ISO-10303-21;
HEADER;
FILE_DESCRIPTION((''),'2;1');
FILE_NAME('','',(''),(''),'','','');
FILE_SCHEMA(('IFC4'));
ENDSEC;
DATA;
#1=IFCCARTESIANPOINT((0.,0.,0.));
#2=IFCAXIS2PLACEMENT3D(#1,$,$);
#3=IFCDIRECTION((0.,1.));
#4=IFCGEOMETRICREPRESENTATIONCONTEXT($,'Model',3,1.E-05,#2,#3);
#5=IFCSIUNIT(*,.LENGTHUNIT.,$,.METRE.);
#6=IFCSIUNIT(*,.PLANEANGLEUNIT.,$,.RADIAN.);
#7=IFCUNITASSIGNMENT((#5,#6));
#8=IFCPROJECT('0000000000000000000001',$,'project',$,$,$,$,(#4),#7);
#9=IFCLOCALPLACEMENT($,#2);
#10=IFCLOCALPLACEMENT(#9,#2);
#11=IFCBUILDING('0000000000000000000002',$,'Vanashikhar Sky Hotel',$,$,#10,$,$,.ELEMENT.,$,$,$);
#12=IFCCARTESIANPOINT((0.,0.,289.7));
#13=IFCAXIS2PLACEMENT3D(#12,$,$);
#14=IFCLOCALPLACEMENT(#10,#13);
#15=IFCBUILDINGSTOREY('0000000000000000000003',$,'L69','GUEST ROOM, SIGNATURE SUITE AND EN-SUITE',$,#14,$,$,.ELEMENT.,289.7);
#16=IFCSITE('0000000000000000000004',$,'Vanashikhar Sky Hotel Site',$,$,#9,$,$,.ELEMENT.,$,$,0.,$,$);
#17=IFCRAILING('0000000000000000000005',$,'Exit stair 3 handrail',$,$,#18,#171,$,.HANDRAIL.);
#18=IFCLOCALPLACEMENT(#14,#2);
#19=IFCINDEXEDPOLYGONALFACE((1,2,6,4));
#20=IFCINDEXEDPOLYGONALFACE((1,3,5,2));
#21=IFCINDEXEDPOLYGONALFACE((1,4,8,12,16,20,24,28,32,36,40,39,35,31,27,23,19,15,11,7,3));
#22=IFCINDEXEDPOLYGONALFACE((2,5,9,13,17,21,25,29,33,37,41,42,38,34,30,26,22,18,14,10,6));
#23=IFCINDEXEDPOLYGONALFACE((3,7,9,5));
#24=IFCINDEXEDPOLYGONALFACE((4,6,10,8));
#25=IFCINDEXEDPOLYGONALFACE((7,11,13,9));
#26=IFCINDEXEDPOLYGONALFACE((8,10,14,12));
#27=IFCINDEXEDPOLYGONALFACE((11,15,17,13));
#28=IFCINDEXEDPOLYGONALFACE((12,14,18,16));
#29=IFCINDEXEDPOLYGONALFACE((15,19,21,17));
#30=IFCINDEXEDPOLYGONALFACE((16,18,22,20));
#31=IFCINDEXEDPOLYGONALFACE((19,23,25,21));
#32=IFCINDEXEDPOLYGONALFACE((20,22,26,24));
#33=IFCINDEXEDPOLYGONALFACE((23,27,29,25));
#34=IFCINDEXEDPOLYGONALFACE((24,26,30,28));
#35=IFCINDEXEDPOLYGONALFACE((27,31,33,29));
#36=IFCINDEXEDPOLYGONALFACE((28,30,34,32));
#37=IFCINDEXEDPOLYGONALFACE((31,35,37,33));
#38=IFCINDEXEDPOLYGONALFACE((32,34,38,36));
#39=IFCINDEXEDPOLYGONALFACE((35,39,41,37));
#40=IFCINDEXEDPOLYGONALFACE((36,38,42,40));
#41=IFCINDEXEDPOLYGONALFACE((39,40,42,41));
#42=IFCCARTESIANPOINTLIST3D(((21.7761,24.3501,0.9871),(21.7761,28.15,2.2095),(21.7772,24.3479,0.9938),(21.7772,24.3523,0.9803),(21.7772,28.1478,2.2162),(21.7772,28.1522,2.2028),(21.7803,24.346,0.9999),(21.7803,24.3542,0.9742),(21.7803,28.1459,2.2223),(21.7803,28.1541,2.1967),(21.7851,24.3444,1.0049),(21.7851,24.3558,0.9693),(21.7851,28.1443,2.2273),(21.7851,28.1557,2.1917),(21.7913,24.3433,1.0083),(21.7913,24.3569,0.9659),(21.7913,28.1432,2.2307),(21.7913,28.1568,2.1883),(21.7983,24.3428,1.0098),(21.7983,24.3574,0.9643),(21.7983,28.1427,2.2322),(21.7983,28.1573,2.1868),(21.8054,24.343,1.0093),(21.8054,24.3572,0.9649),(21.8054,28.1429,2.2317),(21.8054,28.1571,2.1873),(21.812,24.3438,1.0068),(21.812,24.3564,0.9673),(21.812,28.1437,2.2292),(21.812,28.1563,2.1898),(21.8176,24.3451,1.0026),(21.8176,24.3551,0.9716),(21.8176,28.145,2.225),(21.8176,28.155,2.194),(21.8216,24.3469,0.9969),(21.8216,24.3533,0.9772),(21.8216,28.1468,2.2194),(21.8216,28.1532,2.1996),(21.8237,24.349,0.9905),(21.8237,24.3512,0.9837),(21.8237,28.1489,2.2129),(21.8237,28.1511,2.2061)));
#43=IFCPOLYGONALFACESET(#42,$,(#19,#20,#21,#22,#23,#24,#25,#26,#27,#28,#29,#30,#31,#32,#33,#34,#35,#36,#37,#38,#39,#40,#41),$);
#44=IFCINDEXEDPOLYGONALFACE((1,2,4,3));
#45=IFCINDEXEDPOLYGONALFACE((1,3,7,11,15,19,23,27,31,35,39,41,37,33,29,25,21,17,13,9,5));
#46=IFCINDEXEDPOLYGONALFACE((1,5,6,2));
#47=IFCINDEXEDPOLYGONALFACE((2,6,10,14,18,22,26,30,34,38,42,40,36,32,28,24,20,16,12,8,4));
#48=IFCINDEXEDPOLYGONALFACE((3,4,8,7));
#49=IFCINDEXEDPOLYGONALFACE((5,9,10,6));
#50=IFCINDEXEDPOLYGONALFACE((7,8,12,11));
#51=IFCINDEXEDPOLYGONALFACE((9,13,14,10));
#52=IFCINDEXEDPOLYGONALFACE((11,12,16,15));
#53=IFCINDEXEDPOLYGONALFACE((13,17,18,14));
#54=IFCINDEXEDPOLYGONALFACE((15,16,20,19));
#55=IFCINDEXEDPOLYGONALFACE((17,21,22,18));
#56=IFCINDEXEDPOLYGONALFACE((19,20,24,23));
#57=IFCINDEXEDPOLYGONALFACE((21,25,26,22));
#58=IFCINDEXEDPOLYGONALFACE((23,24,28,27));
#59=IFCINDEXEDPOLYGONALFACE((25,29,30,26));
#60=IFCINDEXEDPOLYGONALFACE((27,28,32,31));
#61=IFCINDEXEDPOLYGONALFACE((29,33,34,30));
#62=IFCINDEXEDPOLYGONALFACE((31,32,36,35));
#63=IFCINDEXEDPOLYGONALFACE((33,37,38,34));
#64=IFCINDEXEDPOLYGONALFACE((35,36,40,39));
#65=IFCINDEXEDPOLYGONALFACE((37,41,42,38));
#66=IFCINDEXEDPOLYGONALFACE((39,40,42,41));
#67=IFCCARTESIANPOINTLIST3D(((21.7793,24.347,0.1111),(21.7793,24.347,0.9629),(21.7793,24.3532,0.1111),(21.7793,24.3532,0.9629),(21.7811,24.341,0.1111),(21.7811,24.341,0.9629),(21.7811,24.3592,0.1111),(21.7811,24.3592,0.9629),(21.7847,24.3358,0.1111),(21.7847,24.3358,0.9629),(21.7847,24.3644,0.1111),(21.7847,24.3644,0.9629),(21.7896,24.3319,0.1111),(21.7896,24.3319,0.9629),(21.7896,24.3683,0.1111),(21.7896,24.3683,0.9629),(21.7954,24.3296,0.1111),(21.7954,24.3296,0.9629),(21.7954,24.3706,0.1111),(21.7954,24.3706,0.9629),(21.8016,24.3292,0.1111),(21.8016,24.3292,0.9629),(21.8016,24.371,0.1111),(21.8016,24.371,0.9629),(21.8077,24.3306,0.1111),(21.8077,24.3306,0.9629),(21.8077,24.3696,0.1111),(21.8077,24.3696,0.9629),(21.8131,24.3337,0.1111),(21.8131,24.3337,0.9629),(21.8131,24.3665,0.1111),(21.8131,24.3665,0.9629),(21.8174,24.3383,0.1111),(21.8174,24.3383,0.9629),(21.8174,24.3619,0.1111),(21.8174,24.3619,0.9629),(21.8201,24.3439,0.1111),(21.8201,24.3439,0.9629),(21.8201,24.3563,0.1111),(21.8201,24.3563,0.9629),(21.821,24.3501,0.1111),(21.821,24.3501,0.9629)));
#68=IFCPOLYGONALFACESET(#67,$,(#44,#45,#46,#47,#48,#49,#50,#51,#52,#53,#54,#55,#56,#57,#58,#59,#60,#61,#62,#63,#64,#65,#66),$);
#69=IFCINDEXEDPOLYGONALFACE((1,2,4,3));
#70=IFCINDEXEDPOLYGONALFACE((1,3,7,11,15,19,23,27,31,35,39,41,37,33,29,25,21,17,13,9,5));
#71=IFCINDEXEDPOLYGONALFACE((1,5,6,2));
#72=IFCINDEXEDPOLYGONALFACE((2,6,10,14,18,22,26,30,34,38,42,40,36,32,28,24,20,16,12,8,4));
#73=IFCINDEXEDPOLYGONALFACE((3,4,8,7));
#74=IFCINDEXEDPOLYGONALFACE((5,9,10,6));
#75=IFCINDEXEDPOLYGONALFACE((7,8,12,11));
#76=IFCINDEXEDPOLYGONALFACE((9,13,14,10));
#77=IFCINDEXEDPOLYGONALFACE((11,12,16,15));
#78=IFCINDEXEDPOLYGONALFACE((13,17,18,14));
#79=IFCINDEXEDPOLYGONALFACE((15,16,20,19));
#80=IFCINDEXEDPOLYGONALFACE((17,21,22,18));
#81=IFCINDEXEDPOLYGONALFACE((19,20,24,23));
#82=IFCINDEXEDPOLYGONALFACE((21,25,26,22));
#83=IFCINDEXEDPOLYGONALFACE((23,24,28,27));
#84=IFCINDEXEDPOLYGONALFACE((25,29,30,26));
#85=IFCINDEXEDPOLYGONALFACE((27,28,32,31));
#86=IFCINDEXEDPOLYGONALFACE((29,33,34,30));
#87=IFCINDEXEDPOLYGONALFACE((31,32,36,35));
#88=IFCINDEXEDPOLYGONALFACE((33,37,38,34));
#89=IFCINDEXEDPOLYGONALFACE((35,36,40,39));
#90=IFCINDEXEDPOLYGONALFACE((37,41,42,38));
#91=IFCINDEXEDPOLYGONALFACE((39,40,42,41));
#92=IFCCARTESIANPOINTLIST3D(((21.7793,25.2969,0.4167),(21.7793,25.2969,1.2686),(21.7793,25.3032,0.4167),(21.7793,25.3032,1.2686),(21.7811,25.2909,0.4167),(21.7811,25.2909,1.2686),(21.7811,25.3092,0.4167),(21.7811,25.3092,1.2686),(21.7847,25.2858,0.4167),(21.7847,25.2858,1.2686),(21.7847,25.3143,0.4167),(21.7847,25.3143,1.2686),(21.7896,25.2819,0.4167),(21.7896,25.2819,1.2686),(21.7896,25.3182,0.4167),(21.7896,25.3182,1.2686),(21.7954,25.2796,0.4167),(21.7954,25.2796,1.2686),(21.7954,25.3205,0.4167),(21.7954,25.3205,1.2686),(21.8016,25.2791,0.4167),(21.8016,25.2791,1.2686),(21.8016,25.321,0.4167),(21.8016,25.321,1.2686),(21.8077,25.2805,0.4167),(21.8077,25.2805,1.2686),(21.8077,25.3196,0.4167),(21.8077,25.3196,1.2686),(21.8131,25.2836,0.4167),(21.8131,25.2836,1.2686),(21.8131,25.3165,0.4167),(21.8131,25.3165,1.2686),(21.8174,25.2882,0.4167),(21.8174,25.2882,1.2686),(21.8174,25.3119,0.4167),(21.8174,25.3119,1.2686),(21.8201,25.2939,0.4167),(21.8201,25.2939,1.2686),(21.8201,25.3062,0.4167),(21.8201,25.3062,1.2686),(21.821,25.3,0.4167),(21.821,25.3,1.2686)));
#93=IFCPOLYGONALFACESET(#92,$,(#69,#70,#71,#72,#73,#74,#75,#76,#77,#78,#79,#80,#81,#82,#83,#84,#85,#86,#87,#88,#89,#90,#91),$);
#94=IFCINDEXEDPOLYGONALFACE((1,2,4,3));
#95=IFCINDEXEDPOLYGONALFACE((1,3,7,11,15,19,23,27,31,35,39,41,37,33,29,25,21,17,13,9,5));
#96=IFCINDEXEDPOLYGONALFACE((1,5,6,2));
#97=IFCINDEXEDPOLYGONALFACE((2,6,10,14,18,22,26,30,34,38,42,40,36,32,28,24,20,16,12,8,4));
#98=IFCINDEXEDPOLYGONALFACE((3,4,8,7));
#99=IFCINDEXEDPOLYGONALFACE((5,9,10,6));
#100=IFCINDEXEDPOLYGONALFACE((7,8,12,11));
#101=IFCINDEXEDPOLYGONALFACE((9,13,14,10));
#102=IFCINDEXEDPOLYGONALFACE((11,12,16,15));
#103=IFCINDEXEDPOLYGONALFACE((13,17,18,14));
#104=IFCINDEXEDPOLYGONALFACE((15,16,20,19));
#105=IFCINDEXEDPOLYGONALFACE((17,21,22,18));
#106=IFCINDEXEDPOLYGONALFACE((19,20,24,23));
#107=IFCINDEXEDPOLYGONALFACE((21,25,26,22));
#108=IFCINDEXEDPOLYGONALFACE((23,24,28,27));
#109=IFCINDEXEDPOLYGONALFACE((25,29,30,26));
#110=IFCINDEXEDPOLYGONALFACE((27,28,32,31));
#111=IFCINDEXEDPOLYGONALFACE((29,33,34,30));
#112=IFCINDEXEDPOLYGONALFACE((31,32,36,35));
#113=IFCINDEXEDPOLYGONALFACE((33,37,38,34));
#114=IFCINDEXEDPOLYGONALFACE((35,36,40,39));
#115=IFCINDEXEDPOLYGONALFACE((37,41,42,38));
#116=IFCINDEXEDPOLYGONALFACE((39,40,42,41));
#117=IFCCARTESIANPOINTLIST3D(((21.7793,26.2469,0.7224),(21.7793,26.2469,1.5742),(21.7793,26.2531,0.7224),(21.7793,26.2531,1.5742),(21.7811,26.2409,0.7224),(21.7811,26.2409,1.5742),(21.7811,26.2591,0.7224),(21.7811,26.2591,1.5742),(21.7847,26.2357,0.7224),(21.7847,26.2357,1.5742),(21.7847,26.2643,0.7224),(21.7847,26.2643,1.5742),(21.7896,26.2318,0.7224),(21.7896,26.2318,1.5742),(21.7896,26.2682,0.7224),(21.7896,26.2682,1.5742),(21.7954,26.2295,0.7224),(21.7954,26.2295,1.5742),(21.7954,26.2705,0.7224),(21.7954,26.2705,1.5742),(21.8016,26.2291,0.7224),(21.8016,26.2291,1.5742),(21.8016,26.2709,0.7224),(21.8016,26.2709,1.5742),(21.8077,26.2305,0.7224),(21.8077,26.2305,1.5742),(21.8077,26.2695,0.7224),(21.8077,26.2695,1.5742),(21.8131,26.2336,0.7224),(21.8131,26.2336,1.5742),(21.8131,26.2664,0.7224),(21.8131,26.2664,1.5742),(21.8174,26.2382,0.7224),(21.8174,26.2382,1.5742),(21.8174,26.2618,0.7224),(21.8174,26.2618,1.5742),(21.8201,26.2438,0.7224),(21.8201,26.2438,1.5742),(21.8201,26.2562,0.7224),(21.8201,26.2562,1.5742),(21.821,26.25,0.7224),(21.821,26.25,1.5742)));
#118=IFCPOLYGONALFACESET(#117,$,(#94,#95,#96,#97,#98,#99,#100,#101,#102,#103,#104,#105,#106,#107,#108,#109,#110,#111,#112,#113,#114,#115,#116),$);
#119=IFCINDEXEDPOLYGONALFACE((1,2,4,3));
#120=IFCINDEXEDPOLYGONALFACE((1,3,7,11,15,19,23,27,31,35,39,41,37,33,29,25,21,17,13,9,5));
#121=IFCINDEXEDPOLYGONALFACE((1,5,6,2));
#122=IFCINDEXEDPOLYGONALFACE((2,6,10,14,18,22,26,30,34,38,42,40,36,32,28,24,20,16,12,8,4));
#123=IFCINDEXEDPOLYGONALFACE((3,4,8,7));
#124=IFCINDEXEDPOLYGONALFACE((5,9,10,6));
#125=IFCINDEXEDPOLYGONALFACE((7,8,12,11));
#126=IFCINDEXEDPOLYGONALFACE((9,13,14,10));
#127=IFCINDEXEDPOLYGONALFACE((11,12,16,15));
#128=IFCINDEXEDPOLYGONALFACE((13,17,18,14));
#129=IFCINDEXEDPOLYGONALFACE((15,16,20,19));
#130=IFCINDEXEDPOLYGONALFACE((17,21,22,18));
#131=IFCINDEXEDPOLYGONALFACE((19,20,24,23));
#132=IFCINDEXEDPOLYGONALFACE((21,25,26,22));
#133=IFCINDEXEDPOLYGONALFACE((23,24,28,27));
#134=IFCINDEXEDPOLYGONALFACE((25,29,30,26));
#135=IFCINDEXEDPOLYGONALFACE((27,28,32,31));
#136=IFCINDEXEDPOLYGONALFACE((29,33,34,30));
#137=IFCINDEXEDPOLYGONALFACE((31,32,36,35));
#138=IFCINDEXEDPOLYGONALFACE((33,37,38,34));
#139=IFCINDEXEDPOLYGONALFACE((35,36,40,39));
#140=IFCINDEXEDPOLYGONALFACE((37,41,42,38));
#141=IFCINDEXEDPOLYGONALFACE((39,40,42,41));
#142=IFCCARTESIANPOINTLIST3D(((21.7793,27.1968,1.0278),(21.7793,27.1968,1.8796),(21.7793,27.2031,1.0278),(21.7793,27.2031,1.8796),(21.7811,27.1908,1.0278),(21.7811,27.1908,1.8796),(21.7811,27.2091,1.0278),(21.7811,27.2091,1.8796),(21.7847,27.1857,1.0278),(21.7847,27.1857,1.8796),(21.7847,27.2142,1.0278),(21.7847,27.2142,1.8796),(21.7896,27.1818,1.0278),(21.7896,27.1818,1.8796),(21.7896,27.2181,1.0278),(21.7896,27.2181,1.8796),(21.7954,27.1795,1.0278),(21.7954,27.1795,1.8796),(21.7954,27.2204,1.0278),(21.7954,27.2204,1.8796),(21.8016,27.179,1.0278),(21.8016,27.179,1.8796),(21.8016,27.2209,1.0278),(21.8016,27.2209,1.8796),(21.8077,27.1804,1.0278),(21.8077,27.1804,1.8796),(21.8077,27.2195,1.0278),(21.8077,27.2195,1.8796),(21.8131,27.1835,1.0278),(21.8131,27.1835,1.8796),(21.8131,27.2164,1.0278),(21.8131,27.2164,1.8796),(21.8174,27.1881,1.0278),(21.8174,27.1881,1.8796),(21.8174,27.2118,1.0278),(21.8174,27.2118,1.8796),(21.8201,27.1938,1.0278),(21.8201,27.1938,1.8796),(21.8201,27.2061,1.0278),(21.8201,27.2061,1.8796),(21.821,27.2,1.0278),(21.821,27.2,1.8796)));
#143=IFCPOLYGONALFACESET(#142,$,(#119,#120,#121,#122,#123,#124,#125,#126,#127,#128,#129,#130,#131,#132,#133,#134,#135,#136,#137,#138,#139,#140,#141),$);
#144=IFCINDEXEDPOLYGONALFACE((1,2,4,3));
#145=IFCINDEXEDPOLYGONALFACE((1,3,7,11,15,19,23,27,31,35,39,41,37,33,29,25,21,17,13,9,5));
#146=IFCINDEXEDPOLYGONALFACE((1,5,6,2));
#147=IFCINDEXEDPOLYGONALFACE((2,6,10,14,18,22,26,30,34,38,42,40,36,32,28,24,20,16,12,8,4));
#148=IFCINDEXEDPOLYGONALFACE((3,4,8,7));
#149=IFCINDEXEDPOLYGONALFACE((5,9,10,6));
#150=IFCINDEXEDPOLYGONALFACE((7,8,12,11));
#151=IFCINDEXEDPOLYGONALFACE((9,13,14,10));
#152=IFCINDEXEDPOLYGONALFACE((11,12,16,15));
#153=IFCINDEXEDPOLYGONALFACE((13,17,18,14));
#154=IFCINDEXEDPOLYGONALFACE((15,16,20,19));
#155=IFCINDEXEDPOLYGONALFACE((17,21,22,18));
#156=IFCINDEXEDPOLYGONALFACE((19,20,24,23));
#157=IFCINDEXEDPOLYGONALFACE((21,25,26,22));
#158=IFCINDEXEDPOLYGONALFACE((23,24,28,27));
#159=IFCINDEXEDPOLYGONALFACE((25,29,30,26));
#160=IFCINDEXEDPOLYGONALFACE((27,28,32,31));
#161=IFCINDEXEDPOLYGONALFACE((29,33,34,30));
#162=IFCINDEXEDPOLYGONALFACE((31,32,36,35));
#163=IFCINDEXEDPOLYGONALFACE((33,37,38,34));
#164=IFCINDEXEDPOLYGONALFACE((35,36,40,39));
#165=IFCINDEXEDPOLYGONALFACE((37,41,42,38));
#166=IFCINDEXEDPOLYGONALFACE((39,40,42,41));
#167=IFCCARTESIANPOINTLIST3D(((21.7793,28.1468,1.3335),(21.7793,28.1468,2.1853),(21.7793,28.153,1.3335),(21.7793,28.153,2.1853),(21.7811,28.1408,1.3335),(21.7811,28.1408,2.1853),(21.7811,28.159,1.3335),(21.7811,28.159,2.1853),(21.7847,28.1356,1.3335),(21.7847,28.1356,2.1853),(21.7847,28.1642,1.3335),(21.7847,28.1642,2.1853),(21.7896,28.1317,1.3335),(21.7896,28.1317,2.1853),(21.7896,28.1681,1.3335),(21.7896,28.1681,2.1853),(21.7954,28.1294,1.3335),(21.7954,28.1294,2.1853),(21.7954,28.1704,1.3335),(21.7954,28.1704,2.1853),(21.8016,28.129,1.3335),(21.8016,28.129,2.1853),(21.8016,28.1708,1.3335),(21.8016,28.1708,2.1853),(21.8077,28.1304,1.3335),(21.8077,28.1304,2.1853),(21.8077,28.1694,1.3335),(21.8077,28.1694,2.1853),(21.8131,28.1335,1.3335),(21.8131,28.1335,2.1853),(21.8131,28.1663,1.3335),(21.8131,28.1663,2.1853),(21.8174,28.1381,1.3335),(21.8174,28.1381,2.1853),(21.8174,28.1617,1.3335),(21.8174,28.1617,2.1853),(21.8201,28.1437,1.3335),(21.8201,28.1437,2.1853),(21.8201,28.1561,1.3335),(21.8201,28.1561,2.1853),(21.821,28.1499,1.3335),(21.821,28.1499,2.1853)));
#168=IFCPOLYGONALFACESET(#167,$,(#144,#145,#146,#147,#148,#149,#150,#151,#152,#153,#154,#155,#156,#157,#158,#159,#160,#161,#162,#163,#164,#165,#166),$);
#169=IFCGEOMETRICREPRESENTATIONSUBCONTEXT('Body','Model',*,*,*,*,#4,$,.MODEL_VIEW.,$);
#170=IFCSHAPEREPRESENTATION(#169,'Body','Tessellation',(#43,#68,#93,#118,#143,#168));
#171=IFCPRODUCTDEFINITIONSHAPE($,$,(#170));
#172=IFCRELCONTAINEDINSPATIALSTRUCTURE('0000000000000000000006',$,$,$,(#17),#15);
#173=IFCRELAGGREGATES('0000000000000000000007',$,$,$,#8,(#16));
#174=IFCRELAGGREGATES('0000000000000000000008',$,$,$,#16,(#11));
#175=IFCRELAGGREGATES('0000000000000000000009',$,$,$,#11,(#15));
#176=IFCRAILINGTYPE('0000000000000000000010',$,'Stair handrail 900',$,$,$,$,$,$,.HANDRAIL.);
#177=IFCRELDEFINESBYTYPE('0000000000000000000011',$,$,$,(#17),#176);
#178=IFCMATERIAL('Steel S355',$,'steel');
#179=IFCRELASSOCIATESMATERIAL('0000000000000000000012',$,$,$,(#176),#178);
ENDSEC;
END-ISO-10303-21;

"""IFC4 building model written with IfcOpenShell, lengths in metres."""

from ifc_helpers import new_model, si_unit, direction, frame, origin, origin_2d, place, context, subcontext, project, spatial, circle, extrude, source, transform, mapped, material, type_object, element, save


model = new_model("IFC4")

# Units and contexts
model_context = context("Model", 3, precision=1e-05, world=origin(), true_north=direction((0.0, 1.0)))
body_context = subcontext(model_context, "Body", "Model", "MODEL_VIEW")
ifc_project = project(units=[si_unit("LENGTHUNIT", "METRE"), si_unit("PLANEANGLEUNIT", "RADIAN")], contexts=[model_context])

# Site, building, storey
site_placement = place(None, origin())
site = spatial("IfcSite", under=ifc_project, at=site_placement, Name="Vanashikhar Sky Hotel Site", CompositionType="ELEMENT", RefElevation=0.0)
building_placement = place(site_placement, origin())
building = spatial("IfcBuilding", under=site, at=building_placement, Name="Vanashikhar Sky Hotel", CompositionType="ELEMENT")
storey_placement = place(building_placement, frame((0.0, 0.0, 289.7)))
storey = spatial("IfcBuildingStorey", under=building, at=storey_placement, Name="L69", Description="GUEST ROOM, SIGNATURE SUITE AND EN-SUITE", CompositionType="ELEMENT", Elevation=289.7)

# Railing
ifc_material_1 = material(Name="Steel S355", Category="steel")
railing_type_1 = type_object("IfcRailingType", Name="Stair handrail 900", PredefinedType="HANDRAIL", material=ifc_material_1)
shared_shape_1 = source(origin(), body_context, "Body", "SweptSolid", [
    extrude(circle(Radius=0.0239, at=origin_2d()), frame((0.0, 0.0, 0.876), z_axis=(0.0, 0.951952, 0.306247), x_axis=(-1.0, 0.0, 0.0)), (0.0, 0.0, 1.0), 3.9917),
    extrude(circle(Radius=0.021, at=origin_2d()), origin(), (0.0, 0.0, 1.0), 0.8518),
    extrude(circle(Radius=0.021, at=origin_2d()), frame((0.0, 0.95, 0.3057)), (0.0, 0.0, 1.0), 0.8518),
    extrude(circle(Radius=0.021, at=origin_2d()), frame((0.0, 1.8999, 0.6113)), (0.0, 0.0, 1.0), 0.8518),
    extrude(circle(Radius=0.021, at=origin_2d()), frame((0.0, 2.8499, 0.9167)), (0.0, 0.0, 1.0), 0.8518),
    extrude(circle(Radius=0.021, at=origin_2d()), frame((0.0, 3.7998, 1.2224)), (0.0, 0.0, 1.0), 0.8518),
])
railing_1_placement = place(storey_placement, frame((21.8, 24.3501, 0.1111)))
element("IfcRailing", 1, at=railing_1_placement, inside=storey, type_object=railing_type_1, Name="Exit stair 3 handrail", PredefinedType="HANDRAIL", context=body_context, shape_type="MappedRepresentation", body=[
    mapped(shared_shape_1, transform((0.0, 0.0, 0.0), scale=1.0)),
])

save(model, "model.ifc")
